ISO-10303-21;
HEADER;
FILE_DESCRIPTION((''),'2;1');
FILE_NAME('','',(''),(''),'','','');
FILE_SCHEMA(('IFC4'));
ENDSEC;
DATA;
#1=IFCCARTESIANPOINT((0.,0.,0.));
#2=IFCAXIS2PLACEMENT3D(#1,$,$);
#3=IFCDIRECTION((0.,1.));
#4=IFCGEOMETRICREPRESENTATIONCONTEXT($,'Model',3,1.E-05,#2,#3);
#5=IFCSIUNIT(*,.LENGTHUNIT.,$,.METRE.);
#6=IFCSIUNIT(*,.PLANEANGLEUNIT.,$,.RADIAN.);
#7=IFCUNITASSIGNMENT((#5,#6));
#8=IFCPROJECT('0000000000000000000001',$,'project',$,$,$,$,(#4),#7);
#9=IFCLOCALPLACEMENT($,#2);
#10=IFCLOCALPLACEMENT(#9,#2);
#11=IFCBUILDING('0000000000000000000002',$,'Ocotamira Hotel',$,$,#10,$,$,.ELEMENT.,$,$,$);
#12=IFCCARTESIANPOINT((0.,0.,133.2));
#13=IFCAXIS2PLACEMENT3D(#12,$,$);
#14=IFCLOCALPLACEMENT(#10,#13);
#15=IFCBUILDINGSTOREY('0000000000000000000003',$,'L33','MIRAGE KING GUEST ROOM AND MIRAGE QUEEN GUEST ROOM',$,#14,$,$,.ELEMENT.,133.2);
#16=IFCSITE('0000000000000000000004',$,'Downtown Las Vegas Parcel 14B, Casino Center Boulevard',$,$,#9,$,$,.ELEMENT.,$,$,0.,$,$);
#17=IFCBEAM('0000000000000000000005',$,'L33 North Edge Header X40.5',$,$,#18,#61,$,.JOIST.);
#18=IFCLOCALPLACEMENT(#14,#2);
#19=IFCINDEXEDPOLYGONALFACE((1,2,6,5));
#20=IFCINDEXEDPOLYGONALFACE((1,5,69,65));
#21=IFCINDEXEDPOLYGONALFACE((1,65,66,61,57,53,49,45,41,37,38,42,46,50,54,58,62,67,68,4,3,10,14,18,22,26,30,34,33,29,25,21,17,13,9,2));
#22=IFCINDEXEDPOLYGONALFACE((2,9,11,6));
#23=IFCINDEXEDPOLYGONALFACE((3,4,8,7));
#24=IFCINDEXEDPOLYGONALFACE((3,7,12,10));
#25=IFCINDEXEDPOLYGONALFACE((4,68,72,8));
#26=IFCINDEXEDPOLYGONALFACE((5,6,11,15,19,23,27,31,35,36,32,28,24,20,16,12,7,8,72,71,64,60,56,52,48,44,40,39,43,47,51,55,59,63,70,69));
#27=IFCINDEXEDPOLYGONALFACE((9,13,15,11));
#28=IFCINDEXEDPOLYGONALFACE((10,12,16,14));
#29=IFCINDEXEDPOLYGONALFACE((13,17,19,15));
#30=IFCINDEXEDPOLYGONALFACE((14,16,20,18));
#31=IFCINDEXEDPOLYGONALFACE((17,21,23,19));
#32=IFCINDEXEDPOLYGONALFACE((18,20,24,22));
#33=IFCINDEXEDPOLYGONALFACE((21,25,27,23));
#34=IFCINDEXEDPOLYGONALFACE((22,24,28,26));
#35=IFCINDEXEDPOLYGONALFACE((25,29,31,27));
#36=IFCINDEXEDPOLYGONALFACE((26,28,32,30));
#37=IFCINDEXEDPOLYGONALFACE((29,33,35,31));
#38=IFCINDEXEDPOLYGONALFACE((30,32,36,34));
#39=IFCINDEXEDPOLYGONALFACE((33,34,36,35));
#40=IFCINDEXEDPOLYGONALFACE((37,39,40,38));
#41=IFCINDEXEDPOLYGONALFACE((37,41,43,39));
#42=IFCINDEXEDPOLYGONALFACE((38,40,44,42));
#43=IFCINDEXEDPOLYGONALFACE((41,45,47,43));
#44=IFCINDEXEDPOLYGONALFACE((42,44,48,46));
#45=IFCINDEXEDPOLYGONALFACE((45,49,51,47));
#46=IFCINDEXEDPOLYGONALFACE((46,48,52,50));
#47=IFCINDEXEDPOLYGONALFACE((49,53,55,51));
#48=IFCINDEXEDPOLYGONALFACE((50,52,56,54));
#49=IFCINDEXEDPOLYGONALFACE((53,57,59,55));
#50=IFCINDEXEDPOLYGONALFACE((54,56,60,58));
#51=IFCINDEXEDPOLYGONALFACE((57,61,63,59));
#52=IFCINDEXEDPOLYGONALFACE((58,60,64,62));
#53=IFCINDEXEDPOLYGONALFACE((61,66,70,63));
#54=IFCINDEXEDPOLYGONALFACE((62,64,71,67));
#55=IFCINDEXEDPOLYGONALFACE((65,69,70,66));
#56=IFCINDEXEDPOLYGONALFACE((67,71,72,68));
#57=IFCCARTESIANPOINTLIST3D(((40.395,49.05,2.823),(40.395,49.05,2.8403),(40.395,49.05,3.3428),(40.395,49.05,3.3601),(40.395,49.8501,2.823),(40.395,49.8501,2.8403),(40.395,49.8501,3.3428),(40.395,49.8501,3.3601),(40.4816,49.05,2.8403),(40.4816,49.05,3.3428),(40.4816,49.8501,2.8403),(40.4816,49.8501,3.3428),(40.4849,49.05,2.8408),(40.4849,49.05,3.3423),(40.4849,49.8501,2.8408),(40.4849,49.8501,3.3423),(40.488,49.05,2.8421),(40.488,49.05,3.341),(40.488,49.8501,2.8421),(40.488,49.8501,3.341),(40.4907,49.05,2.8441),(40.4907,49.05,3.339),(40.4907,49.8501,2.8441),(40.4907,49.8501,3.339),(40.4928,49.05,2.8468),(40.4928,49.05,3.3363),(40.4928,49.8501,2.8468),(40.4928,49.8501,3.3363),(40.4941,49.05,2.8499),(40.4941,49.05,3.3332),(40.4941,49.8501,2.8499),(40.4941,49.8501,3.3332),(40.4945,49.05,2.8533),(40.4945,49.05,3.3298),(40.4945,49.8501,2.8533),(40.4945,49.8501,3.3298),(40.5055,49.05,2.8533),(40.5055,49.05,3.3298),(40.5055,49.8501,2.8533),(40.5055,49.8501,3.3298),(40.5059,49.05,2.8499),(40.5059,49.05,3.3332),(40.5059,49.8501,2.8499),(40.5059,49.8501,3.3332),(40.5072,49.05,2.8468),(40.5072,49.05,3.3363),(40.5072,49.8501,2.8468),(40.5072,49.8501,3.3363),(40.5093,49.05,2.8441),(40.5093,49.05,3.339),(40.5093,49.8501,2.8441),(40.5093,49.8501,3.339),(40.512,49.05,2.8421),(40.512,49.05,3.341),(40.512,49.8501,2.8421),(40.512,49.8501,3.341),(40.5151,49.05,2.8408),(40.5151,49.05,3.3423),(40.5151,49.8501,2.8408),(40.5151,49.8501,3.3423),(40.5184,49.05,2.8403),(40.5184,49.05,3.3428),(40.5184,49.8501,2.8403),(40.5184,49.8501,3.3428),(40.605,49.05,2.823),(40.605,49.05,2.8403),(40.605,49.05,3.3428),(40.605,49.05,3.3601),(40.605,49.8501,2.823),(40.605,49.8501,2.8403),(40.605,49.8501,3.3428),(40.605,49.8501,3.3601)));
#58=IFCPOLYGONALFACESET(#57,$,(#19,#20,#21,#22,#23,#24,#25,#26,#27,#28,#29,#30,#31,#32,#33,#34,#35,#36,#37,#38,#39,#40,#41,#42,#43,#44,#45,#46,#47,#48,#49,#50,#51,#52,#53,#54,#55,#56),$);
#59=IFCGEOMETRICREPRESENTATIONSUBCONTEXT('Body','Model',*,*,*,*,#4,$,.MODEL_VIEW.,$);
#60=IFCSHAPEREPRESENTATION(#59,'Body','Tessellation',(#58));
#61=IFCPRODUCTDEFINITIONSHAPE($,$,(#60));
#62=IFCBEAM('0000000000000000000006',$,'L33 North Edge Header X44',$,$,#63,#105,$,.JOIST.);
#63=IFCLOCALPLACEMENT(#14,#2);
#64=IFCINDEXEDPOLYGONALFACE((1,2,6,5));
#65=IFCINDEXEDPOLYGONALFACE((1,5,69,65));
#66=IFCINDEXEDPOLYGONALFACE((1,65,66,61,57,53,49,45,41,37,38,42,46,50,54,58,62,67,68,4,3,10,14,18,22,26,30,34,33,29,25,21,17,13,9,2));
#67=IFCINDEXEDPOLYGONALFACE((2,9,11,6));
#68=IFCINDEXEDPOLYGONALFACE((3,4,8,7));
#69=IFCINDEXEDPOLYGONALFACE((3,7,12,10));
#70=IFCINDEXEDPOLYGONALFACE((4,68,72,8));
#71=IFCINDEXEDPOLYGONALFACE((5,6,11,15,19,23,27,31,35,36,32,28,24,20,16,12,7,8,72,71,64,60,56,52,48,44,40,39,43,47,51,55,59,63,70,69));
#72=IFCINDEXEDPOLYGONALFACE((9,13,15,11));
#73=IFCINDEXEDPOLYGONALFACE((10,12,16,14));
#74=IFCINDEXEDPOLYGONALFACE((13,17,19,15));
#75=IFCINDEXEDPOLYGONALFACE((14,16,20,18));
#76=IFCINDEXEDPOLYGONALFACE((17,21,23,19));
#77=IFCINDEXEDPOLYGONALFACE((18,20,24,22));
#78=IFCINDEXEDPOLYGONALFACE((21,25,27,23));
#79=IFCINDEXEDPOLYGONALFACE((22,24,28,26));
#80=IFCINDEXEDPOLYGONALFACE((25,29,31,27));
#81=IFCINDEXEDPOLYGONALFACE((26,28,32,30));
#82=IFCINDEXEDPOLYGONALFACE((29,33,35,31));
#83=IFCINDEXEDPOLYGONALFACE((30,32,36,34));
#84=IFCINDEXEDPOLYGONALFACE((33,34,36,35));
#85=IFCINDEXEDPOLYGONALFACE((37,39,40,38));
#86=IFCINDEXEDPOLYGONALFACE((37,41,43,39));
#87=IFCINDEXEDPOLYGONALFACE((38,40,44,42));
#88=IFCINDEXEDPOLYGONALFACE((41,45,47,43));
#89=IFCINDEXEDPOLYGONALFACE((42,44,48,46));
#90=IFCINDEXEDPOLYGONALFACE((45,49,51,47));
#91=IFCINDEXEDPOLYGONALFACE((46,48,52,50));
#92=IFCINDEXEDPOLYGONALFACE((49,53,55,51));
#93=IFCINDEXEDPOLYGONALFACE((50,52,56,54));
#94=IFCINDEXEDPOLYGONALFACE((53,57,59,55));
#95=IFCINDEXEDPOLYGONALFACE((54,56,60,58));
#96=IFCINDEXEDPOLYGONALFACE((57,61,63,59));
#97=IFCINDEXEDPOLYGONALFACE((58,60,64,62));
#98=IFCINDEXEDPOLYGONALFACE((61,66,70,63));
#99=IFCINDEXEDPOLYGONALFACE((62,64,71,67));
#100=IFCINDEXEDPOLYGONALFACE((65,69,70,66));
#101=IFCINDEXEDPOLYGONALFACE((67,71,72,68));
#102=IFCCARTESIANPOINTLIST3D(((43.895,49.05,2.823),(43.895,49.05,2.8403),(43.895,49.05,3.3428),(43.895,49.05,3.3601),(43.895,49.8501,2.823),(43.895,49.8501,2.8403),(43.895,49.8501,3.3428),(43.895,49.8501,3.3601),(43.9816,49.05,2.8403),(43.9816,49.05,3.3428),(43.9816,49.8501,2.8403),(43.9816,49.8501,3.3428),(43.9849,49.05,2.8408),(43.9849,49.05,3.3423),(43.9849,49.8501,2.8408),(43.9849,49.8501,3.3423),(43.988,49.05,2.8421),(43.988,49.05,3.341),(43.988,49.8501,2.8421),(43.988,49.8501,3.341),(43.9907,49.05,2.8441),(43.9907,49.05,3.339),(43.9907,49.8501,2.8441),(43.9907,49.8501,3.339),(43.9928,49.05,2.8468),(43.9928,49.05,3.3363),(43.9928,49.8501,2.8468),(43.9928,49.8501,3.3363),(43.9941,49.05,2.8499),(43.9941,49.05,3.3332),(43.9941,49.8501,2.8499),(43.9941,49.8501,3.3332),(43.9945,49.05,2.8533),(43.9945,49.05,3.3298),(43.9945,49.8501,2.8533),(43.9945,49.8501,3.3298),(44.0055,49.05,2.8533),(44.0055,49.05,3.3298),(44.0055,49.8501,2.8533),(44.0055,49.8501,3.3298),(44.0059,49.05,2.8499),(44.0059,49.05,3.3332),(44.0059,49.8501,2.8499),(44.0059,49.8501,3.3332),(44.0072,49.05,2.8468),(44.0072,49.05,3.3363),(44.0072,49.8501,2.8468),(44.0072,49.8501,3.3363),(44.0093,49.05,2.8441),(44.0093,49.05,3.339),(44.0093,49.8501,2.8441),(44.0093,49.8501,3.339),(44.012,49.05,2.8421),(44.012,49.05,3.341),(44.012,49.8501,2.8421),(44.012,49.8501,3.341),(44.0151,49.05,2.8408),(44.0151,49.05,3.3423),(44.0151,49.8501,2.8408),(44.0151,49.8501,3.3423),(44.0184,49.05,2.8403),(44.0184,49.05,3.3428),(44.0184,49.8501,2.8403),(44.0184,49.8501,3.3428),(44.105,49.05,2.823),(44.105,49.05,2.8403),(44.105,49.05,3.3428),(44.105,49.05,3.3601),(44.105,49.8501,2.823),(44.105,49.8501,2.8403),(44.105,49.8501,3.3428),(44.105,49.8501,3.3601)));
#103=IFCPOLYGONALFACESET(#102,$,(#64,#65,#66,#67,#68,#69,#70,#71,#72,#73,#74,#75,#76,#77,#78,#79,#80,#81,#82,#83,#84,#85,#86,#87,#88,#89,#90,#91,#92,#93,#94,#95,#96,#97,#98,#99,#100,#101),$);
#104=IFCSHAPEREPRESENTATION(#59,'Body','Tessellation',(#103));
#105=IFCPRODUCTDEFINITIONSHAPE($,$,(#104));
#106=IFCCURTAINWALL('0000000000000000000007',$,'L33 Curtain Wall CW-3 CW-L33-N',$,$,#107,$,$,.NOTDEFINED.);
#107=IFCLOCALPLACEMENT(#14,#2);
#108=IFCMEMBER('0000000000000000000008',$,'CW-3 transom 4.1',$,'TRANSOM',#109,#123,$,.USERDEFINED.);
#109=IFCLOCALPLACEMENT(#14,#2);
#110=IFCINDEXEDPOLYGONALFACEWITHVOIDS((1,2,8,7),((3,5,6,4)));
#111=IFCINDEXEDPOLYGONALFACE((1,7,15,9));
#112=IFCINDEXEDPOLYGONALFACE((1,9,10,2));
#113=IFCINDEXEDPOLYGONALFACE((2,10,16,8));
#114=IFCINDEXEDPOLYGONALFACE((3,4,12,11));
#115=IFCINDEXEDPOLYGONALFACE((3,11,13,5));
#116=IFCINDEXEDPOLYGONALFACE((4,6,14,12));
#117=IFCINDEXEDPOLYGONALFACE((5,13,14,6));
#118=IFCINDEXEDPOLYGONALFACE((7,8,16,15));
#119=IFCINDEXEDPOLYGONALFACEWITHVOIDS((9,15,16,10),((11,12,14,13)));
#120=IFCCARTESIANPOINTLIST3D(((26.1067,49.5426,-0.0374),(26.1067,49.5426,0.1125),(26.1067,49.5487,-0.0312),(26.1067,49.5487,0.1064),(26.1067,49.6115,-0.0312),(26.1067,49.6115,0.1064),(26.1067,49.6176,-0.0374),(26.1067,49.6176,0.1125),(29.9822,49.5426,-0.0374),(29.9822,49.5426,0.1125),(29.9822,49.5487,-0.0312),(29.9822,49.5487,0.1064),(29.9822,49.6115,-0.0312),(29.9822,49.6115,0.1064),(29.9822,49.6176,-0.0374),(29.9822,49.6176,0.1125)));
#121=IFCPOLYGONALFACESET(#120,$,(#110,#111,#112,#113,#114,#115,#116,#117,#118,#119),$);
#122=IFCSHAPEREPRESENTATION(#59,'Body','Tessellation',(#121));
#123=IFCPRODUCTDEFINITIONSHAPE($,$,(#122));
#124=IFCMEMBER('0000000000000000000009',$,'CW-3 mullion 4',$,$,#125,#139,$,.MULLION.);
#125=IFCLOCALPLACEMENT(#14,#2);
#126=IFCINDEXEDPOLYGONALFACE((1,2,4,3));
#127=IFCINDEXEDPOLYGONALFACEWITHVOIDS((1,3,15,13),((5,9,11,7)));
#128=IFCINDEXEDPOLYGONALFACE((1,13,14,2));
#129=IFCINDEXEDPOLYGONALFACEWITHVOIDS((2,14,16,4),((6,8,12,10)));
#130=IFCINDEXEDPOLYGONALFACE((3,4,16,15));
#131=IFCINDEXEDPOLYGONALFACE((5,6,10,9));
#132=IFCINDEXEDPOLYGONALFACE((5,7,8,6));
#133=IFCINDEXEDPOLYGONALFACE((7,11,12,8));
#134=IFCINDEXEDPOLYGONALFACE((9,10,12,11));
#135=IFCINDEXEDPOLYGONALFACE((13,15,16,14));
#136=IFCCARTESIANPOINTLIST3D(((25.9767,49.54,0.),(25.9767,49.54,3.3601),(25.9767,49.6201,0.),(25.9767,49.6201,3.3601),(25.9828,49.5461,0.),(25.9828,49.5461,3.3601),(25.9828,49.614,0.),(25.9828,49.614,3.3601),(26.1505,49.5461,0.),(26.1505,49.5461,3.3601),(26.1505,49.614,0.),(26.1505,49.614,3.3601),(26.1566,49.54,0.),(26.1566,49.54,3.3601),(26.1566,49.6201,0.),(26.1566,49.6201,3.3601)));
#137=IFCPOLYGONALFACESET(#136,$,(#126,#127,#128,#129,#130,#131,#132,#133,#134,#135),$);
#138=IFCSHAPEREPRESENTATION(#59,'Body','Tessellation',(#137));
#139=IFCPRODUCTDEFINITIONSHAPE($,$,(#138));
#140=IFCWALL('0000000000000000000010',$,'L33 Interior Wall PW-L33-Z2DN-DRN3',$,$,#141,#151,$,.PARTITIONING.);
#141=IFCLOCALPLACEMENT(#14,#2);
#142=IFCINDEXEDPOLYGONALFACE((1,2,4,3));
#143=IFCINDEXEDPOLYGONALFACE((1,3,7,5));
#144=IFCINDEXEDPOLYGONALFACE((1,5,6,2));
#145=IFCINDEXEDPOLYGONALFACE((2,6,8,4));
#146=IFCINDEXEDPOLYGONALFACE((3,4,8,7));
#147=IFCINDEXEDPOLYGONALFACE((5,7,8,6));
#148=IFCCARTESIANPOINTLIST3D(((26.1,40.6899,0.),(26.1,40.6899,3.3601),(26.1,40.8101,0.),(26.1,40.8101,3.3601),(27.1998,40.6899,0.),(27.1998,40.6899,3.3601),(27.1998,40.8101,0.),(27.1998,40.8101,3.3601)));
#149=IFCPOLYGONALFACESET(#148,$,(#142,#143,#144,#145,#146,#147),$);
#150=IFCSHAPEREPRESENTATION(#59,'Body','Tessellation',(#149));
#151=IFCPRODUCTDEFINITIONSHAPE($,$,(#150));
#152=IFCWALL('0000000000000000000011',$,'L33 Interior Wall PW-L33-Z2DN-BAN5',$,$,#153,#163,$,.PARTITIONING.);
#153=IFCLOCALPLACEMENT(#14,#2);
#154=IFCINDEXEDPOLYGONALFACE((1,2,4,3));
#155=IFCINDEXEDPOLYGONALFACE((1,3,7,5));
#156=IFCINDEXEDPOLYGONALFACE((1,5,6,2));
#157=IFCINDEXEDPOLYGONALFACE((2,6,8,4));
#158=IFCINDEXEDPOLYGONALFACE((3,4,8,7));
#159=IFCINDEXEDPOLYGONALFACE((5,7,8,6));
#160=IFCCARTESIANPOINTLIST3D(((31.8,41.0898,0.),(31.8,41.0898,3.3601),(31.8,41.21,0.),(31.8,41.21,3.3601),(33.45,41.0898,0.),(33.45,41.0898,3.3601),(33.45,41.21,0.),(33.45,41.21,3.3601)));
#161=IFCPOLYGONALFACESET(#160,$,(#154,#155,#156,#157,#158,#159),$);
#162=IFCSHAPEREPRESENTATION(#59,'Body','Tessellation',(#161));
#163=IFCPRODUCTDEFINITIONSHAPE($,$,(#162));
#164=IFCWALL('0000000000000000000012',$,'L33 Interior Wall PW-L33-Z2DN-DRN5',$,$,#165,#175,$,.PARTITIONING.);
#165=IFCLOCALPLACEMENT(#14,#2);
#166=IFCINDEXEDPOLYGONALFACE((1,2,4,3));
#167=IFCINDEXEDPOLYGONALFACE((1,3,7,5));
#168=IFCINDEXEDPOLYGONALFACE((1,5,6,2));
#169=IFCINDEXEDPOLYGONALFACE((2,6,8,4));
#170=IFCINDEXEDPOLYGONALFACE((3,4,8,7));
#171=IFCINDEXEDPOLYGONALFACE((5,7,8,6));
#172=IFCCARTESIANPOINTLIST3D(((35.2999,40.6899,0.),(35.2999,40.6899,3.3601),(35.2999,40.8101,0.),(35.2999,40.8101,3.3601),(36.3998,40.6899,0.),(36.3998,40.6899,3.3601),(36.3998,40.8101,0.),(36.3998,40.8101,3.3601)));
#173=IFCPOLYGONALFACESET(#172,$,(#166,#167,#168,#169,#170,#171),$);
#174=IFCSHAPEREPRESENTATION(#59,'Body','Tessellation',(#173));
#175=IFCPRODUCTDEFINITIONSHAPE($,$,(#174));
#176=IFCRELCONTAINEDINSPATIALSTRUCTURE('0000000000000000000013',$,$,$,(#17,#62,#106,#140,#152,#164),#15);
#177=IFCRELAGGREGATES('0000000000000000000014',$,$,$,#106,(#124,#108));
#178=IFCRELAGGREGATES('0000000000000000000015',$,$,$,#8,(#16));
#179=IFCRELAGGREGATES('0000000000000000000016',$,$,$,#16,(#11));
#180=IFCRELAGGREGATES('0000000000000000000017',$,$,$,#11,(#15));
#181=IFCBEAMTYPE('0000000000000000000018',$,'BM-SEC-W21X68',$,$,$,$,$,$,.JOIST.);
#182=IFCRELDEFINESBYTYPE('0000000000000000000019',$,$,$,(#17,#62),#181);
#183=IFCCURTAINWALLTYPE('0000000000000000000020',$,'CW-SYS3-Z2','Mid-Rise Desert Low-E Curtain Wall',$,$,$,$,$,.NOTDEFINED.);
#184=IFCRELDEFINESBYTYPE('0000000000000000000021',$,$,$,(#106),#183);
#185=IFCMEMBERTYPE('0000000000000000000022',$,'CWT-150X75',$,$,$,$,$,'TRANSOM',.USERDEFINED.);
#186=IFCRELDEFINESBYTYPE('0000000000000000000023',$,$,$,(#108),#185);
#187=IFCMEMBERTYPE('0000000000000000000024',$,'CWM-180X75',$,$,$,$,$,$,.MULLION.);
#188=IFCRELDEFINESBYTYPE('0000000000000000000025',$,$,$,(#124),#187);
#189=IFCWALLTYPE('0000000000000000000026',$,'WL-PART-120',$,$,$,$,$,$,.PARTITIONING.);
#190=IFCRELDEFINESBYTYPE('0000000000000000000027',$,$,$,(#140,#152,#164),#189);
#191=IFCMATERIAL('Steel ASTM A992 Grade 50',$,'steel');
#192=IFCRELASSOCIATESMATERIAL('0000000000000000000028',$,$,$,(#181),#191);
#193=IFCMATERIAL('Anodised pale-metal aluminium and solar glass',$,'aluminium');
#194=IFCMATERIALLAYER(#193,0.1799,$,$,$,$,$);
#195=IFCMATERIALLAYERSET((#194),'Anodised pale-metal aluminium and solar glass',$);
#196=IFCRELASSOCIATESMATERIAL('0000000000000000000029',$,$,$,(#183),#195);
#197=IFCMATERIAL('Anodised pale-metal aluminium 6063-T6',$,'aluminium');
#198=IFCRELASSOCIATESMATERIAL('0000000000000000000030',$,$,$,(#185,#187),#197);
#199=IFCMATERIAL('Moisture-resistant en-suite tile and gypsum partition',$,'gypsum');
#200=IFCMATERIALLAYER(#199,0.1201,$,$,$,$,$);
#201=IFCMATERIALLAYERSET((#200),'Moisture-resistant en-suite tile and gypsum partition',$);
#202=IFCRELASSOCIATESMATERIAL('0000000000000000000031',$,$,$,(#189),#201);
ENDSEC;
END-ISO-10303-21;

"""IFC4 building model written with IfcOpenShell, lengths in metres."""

from ifc_helpers import new_model, si_unit, direction, frame, frame_2d, origin, origin_2d, place, context, subcontext, project, spatial, rectangle, hollow_rectangle, i_section, extrude, source, transform, mapped, material, layer, layer_set, material_profile, profile_set, type_object, element, aggregate, save


model = new_model("IFC4")

# Units and contexts
model_context = context("Model", 3, precision=1e-05, world=origin(), true_north=direction((0.0, 1.0)))
body_context = subcontext(model_context, "Body", "Model", "MODEL_VIEW")
ifc_project = project(units=[si_unit("LENGTHUNIT", "METRE"), si_unit("PLANEANGLEUNIT", "RADIAN")], contexts=[model_context])

# Site, building, storey
site_placement = place(None, origin())
site = spatial("IfcSite", under=ifc_project, at=site_placement, Name="Downtown Las Vegas Parcel 14B, Casino Center Boulevard", CompositionType="ELEMENT", RefElevation=0.0)
building_placement = place(site_placement, origin())
building = spatial("IfcBuilding", under=site, at=building_placement, Name="Ocotamira Hotel", CompositionType="ELEMENT")
storey_placement = place(building_placement, frame((0.0, 0.0, 133.2)))
storey = spatial("IfcBuildingStorey", under=building, at=storey_placement, Name="L33", Description="MIRAGE KING GUEST ROOM AND MIRAGE QUEEN GUEST ROOM", CompositionType="ELEMENT", Elevation=133.2)

# Beams
ifc_material_1 = material(Name="Steel ASTM A992 Grade 50", Category="steel")
ifc_material_profile_1 = material_profile(ifc_material_1, i_section(OverallWidth=0.21, OverallDepth=0.5371, WebThickness=0.011, FlangeThickness=0.0173, FilletRadius=0.0129, at=origin_2d()), Name="W21X68")
ifc_profile_set_1 = profile_set([ifc_material_profile_1], Name="Steel ASTM A992 Grade 50")
beam_type_1 = type_object("IfcBeamType", Name="BM-SEC-W21X68", PredefinedType="JOIST", material=ifc_profile_set_1)
shared_shape_1 = source(origin(), body_context, "Body", "SweptSolid", [
    extrude(i_section(OverallWidth=0.21, OverallDepth=0.5371, WebThickness=0.011, FlangeThickness=0.0173, FilletRadius=0.0129, at=origin_2d()), origin(), (0.0, 0.0, 1.0), 0.8),
])
for number, where, z_axis, x_axis, name in (
    (1, (40.5, 49.05, 3.0916), (0.0, 1.0, 0.0), (-1.0, 0.0, 0.0), "L33 North Edge Header X40.5"),
    (2, (44.0, 49.05, 3.0916), (0.0, 1.0, 0.0), (-1.0, 0.0, 0.0), "L33 North Edge Header X44"),
):
    element("IfcBeam", number, at=place(storey_placement, frame(where, z_axis=z_axis, x_axis=x_axis)), inside=storey, type_object=beam_type_1, Name=name, PredefinedType="JOIST", context=body_context, shape_type="MappedRepresentation", body=[
        mapped(shared_shape_1, transform((0.0, 0.0, 0.0), scale=1.0)),
    ])

# Curtain wall, members
ifc_material_2 = material(Name="Anodised pale-metal aluminium and solar glass", Category="aluminium")
ifc_layer_1 = layer(ifc_material_2, 0.1799)
ifc_layer_set_1 = layer_set([ifc_layer_1], Name="Anodised pale-metal aluminium and solar glass")
curtain_wall_type = type_object("IfcCurtainWallType", Name="CW-SYS3-Z2", Description="Mid-Rise Desert Low-E Curtain Wall", PredefinedType="NOTDEFINED", material=ifc_layer_set_1)
curtain_wall_placement = place(storey_placement, origin())
curtain_wall = element("IfcCurtainWall", 3, at=curtain_wall_placement, inside=storey, type_object=curtain_wall_type, Name="L33 Curtain Wall CW-3 CW-L33-N", PredefinedType="NOTDEFINED")
ifc_material_3 = material(Name="Anodised pale-metal aluminium 6063-T6", Category="aluminium")
ifc_material_profile_2 = material_profile(ifc_material_3, hollow_rectangle(XDim=0.075, YDim=0.1499, WallThickness=0.0061, at=origin_2d()), Name="HSS150X75X6")
ifc_profile_set_2 = profile_set([ifc_material_profile_2], Name="Anodised pale-metal aluminium 6063-T6")
member_type_1 = type_object("IfcMemberType", Name="CWT-150X75", ElementType="TRANSOM", PredefinedType="USERDEFINED", material=ifc_profile_set_2)
shared_shape_2 = source(origin(), body_context, "Body", "SweptSolid", [
    extrude(hollow_rectangle(XDim=0.075, YDim=0.1499, WallThickness=0.0061, at=origin_2d()), origin(), (0.0, 0.0, 1.0), 3.8755),
])
member_1_placement = place(storey_placement, frame((26.1067, 49.5801, 0.0376), z_axis=(1.0, 0.0, 0.0), x_axis=(0.0, 1.0, 0.0)))
member_1 = element("IfcMember", 4, at=member_1_placement, type_object=member_type_1, Name="CW-3 transom 4.1", ObjectType="TRANSOM", PredefinedType="USERDEFINED", context=body_context, shape_type="MappedRepresentation", body=[
    mapped(shared_shape_2, transform((0.0, 0.0, 0.0), scale=1.0)),
])
ifc_material_profile_3 = material_profile(ifc_material_3, hollow_rectangle(XDim=0.0801, YDim=0.1799, WallThickness=0.0061, at=origin_2d()), Name="HSS180X80X6")
ifc_profile_set_3 = profile_set([ifc_material_profile_3], Name="Anodised pale-metal aluminium 6063-T6")
member_type_2 = type_object("IfcMemberType", Name="CWM-180X75", PredefinedType="MULLION", material=ifc_profile_set_3)
shared_shape_3 = source(origin(), body_context, "Body", "SweptSolid", [
    extrude(hollow_rectangle(XDim=0.0801, YDim=0.1799, WallThickness=0.0061, at=origin_2d()), origin(), (0.0, 0.0, 1.0), 3.3601),
])
member_2_placement = place(storey_placement, frame((26.0667, 49.5801, 0.0), z_axis=(0.0, 0.0, 1.0), x_axis=(0.0, 1.0, 0.0)))
member_2 = element("IfcMember", 5, at=member_2_placement, type_object=member_type_2, Name="CW-3 mullion 4", PredefinedType="MULLION", context=body_context, shape_type="MappedRepresentation", body=[
    mapped(shared_shape_3, transform((0.0, 0.0, 0.0), scale=1.0)),
])
aggregate(curtain_wall, [member_2, member_1])

# Walls
ifc_material_4 = material(Name="Moisture-resistant en-suite tile and gypsum partition", Category="gypsum")
ifc_layer_2 = layer(ifc_material_4, 0.1201)
ifc_layer_set_2 = layer_set([ifc_layer_2], Name="Moisture-resistant en-suite tile and gypsum partition")
wall_type_1 = type_object("IfcWallType", Name="WL-PART-120", PredefinedType="PARTITIONING", material=ifc_layer_set_2)
wall_1_placement = place(storey_placement, frame((26.1001, 40.75, 0.0), z_axis=(0.0, 0.0, 1.0), x_axis=(1.0, 0.0, 0.0)))
element("IfcWall", 6, at=wall_1_placement, inside=storey, type_object=wall_type_1, Name="L33 Interior Wall PW-L33-Z2DN-DRN3", PredefinedType="PARTITIONING", context=body_context, shape_type="SweptSolid", body=[
    extrude(rectangle(XDim=1.0999, YDim=0.1201, at=frame_2d((0.5498, 0.0))), origin(), (0.0, 0.0, 1.0), 3.3601),
])
wall_2_placement = place(storey_placement, frame((31.8, 41.1499, 0.0), z_axis=(0.0, 0.0, 1.0), x_axis=(1.0, 0.0, 0.0)))
element("IfcWall", 7, at=wall_2_placement, inside=storey, type_object=wall_type_1, Name="L33 Interior Wall PW-L33-Z2DN-BAN5", PredefinedType="PARTITIONING", context=body_context, shape_type="SweptSolid", body=[
    extrude(rectangle(XDim=1.6499, YDim=0.1201, at=frame_2d((0.825, 0.0))), origin(), (0.0, 0.0, 1.0), 3.3601),
])
wall_3_placement = place(storey_placement, frame((35.3, 40.75, 0.0), z_axis=(0.0, 0.0, 1.0), x_axis=(1.0, 0.0, 0.0)))
element("IfcWall", 8, at=wall_3_placement, inside=storey, type_object=wall_type_1, Name="L33 Interior Wall PW-L33-Z2DN-DRN5", PredefinedType="PARTITIONING", context=body_context, shape_type="SweptSolid", body=[
    extrude(rectangle(XDim=1.0999, YDim=0.1201, at=frame_2d((0.5498, 0.0))), origin(), (0.0, 0.0, 1.0), 3.3601),
])

save(model, "model.ifc")
